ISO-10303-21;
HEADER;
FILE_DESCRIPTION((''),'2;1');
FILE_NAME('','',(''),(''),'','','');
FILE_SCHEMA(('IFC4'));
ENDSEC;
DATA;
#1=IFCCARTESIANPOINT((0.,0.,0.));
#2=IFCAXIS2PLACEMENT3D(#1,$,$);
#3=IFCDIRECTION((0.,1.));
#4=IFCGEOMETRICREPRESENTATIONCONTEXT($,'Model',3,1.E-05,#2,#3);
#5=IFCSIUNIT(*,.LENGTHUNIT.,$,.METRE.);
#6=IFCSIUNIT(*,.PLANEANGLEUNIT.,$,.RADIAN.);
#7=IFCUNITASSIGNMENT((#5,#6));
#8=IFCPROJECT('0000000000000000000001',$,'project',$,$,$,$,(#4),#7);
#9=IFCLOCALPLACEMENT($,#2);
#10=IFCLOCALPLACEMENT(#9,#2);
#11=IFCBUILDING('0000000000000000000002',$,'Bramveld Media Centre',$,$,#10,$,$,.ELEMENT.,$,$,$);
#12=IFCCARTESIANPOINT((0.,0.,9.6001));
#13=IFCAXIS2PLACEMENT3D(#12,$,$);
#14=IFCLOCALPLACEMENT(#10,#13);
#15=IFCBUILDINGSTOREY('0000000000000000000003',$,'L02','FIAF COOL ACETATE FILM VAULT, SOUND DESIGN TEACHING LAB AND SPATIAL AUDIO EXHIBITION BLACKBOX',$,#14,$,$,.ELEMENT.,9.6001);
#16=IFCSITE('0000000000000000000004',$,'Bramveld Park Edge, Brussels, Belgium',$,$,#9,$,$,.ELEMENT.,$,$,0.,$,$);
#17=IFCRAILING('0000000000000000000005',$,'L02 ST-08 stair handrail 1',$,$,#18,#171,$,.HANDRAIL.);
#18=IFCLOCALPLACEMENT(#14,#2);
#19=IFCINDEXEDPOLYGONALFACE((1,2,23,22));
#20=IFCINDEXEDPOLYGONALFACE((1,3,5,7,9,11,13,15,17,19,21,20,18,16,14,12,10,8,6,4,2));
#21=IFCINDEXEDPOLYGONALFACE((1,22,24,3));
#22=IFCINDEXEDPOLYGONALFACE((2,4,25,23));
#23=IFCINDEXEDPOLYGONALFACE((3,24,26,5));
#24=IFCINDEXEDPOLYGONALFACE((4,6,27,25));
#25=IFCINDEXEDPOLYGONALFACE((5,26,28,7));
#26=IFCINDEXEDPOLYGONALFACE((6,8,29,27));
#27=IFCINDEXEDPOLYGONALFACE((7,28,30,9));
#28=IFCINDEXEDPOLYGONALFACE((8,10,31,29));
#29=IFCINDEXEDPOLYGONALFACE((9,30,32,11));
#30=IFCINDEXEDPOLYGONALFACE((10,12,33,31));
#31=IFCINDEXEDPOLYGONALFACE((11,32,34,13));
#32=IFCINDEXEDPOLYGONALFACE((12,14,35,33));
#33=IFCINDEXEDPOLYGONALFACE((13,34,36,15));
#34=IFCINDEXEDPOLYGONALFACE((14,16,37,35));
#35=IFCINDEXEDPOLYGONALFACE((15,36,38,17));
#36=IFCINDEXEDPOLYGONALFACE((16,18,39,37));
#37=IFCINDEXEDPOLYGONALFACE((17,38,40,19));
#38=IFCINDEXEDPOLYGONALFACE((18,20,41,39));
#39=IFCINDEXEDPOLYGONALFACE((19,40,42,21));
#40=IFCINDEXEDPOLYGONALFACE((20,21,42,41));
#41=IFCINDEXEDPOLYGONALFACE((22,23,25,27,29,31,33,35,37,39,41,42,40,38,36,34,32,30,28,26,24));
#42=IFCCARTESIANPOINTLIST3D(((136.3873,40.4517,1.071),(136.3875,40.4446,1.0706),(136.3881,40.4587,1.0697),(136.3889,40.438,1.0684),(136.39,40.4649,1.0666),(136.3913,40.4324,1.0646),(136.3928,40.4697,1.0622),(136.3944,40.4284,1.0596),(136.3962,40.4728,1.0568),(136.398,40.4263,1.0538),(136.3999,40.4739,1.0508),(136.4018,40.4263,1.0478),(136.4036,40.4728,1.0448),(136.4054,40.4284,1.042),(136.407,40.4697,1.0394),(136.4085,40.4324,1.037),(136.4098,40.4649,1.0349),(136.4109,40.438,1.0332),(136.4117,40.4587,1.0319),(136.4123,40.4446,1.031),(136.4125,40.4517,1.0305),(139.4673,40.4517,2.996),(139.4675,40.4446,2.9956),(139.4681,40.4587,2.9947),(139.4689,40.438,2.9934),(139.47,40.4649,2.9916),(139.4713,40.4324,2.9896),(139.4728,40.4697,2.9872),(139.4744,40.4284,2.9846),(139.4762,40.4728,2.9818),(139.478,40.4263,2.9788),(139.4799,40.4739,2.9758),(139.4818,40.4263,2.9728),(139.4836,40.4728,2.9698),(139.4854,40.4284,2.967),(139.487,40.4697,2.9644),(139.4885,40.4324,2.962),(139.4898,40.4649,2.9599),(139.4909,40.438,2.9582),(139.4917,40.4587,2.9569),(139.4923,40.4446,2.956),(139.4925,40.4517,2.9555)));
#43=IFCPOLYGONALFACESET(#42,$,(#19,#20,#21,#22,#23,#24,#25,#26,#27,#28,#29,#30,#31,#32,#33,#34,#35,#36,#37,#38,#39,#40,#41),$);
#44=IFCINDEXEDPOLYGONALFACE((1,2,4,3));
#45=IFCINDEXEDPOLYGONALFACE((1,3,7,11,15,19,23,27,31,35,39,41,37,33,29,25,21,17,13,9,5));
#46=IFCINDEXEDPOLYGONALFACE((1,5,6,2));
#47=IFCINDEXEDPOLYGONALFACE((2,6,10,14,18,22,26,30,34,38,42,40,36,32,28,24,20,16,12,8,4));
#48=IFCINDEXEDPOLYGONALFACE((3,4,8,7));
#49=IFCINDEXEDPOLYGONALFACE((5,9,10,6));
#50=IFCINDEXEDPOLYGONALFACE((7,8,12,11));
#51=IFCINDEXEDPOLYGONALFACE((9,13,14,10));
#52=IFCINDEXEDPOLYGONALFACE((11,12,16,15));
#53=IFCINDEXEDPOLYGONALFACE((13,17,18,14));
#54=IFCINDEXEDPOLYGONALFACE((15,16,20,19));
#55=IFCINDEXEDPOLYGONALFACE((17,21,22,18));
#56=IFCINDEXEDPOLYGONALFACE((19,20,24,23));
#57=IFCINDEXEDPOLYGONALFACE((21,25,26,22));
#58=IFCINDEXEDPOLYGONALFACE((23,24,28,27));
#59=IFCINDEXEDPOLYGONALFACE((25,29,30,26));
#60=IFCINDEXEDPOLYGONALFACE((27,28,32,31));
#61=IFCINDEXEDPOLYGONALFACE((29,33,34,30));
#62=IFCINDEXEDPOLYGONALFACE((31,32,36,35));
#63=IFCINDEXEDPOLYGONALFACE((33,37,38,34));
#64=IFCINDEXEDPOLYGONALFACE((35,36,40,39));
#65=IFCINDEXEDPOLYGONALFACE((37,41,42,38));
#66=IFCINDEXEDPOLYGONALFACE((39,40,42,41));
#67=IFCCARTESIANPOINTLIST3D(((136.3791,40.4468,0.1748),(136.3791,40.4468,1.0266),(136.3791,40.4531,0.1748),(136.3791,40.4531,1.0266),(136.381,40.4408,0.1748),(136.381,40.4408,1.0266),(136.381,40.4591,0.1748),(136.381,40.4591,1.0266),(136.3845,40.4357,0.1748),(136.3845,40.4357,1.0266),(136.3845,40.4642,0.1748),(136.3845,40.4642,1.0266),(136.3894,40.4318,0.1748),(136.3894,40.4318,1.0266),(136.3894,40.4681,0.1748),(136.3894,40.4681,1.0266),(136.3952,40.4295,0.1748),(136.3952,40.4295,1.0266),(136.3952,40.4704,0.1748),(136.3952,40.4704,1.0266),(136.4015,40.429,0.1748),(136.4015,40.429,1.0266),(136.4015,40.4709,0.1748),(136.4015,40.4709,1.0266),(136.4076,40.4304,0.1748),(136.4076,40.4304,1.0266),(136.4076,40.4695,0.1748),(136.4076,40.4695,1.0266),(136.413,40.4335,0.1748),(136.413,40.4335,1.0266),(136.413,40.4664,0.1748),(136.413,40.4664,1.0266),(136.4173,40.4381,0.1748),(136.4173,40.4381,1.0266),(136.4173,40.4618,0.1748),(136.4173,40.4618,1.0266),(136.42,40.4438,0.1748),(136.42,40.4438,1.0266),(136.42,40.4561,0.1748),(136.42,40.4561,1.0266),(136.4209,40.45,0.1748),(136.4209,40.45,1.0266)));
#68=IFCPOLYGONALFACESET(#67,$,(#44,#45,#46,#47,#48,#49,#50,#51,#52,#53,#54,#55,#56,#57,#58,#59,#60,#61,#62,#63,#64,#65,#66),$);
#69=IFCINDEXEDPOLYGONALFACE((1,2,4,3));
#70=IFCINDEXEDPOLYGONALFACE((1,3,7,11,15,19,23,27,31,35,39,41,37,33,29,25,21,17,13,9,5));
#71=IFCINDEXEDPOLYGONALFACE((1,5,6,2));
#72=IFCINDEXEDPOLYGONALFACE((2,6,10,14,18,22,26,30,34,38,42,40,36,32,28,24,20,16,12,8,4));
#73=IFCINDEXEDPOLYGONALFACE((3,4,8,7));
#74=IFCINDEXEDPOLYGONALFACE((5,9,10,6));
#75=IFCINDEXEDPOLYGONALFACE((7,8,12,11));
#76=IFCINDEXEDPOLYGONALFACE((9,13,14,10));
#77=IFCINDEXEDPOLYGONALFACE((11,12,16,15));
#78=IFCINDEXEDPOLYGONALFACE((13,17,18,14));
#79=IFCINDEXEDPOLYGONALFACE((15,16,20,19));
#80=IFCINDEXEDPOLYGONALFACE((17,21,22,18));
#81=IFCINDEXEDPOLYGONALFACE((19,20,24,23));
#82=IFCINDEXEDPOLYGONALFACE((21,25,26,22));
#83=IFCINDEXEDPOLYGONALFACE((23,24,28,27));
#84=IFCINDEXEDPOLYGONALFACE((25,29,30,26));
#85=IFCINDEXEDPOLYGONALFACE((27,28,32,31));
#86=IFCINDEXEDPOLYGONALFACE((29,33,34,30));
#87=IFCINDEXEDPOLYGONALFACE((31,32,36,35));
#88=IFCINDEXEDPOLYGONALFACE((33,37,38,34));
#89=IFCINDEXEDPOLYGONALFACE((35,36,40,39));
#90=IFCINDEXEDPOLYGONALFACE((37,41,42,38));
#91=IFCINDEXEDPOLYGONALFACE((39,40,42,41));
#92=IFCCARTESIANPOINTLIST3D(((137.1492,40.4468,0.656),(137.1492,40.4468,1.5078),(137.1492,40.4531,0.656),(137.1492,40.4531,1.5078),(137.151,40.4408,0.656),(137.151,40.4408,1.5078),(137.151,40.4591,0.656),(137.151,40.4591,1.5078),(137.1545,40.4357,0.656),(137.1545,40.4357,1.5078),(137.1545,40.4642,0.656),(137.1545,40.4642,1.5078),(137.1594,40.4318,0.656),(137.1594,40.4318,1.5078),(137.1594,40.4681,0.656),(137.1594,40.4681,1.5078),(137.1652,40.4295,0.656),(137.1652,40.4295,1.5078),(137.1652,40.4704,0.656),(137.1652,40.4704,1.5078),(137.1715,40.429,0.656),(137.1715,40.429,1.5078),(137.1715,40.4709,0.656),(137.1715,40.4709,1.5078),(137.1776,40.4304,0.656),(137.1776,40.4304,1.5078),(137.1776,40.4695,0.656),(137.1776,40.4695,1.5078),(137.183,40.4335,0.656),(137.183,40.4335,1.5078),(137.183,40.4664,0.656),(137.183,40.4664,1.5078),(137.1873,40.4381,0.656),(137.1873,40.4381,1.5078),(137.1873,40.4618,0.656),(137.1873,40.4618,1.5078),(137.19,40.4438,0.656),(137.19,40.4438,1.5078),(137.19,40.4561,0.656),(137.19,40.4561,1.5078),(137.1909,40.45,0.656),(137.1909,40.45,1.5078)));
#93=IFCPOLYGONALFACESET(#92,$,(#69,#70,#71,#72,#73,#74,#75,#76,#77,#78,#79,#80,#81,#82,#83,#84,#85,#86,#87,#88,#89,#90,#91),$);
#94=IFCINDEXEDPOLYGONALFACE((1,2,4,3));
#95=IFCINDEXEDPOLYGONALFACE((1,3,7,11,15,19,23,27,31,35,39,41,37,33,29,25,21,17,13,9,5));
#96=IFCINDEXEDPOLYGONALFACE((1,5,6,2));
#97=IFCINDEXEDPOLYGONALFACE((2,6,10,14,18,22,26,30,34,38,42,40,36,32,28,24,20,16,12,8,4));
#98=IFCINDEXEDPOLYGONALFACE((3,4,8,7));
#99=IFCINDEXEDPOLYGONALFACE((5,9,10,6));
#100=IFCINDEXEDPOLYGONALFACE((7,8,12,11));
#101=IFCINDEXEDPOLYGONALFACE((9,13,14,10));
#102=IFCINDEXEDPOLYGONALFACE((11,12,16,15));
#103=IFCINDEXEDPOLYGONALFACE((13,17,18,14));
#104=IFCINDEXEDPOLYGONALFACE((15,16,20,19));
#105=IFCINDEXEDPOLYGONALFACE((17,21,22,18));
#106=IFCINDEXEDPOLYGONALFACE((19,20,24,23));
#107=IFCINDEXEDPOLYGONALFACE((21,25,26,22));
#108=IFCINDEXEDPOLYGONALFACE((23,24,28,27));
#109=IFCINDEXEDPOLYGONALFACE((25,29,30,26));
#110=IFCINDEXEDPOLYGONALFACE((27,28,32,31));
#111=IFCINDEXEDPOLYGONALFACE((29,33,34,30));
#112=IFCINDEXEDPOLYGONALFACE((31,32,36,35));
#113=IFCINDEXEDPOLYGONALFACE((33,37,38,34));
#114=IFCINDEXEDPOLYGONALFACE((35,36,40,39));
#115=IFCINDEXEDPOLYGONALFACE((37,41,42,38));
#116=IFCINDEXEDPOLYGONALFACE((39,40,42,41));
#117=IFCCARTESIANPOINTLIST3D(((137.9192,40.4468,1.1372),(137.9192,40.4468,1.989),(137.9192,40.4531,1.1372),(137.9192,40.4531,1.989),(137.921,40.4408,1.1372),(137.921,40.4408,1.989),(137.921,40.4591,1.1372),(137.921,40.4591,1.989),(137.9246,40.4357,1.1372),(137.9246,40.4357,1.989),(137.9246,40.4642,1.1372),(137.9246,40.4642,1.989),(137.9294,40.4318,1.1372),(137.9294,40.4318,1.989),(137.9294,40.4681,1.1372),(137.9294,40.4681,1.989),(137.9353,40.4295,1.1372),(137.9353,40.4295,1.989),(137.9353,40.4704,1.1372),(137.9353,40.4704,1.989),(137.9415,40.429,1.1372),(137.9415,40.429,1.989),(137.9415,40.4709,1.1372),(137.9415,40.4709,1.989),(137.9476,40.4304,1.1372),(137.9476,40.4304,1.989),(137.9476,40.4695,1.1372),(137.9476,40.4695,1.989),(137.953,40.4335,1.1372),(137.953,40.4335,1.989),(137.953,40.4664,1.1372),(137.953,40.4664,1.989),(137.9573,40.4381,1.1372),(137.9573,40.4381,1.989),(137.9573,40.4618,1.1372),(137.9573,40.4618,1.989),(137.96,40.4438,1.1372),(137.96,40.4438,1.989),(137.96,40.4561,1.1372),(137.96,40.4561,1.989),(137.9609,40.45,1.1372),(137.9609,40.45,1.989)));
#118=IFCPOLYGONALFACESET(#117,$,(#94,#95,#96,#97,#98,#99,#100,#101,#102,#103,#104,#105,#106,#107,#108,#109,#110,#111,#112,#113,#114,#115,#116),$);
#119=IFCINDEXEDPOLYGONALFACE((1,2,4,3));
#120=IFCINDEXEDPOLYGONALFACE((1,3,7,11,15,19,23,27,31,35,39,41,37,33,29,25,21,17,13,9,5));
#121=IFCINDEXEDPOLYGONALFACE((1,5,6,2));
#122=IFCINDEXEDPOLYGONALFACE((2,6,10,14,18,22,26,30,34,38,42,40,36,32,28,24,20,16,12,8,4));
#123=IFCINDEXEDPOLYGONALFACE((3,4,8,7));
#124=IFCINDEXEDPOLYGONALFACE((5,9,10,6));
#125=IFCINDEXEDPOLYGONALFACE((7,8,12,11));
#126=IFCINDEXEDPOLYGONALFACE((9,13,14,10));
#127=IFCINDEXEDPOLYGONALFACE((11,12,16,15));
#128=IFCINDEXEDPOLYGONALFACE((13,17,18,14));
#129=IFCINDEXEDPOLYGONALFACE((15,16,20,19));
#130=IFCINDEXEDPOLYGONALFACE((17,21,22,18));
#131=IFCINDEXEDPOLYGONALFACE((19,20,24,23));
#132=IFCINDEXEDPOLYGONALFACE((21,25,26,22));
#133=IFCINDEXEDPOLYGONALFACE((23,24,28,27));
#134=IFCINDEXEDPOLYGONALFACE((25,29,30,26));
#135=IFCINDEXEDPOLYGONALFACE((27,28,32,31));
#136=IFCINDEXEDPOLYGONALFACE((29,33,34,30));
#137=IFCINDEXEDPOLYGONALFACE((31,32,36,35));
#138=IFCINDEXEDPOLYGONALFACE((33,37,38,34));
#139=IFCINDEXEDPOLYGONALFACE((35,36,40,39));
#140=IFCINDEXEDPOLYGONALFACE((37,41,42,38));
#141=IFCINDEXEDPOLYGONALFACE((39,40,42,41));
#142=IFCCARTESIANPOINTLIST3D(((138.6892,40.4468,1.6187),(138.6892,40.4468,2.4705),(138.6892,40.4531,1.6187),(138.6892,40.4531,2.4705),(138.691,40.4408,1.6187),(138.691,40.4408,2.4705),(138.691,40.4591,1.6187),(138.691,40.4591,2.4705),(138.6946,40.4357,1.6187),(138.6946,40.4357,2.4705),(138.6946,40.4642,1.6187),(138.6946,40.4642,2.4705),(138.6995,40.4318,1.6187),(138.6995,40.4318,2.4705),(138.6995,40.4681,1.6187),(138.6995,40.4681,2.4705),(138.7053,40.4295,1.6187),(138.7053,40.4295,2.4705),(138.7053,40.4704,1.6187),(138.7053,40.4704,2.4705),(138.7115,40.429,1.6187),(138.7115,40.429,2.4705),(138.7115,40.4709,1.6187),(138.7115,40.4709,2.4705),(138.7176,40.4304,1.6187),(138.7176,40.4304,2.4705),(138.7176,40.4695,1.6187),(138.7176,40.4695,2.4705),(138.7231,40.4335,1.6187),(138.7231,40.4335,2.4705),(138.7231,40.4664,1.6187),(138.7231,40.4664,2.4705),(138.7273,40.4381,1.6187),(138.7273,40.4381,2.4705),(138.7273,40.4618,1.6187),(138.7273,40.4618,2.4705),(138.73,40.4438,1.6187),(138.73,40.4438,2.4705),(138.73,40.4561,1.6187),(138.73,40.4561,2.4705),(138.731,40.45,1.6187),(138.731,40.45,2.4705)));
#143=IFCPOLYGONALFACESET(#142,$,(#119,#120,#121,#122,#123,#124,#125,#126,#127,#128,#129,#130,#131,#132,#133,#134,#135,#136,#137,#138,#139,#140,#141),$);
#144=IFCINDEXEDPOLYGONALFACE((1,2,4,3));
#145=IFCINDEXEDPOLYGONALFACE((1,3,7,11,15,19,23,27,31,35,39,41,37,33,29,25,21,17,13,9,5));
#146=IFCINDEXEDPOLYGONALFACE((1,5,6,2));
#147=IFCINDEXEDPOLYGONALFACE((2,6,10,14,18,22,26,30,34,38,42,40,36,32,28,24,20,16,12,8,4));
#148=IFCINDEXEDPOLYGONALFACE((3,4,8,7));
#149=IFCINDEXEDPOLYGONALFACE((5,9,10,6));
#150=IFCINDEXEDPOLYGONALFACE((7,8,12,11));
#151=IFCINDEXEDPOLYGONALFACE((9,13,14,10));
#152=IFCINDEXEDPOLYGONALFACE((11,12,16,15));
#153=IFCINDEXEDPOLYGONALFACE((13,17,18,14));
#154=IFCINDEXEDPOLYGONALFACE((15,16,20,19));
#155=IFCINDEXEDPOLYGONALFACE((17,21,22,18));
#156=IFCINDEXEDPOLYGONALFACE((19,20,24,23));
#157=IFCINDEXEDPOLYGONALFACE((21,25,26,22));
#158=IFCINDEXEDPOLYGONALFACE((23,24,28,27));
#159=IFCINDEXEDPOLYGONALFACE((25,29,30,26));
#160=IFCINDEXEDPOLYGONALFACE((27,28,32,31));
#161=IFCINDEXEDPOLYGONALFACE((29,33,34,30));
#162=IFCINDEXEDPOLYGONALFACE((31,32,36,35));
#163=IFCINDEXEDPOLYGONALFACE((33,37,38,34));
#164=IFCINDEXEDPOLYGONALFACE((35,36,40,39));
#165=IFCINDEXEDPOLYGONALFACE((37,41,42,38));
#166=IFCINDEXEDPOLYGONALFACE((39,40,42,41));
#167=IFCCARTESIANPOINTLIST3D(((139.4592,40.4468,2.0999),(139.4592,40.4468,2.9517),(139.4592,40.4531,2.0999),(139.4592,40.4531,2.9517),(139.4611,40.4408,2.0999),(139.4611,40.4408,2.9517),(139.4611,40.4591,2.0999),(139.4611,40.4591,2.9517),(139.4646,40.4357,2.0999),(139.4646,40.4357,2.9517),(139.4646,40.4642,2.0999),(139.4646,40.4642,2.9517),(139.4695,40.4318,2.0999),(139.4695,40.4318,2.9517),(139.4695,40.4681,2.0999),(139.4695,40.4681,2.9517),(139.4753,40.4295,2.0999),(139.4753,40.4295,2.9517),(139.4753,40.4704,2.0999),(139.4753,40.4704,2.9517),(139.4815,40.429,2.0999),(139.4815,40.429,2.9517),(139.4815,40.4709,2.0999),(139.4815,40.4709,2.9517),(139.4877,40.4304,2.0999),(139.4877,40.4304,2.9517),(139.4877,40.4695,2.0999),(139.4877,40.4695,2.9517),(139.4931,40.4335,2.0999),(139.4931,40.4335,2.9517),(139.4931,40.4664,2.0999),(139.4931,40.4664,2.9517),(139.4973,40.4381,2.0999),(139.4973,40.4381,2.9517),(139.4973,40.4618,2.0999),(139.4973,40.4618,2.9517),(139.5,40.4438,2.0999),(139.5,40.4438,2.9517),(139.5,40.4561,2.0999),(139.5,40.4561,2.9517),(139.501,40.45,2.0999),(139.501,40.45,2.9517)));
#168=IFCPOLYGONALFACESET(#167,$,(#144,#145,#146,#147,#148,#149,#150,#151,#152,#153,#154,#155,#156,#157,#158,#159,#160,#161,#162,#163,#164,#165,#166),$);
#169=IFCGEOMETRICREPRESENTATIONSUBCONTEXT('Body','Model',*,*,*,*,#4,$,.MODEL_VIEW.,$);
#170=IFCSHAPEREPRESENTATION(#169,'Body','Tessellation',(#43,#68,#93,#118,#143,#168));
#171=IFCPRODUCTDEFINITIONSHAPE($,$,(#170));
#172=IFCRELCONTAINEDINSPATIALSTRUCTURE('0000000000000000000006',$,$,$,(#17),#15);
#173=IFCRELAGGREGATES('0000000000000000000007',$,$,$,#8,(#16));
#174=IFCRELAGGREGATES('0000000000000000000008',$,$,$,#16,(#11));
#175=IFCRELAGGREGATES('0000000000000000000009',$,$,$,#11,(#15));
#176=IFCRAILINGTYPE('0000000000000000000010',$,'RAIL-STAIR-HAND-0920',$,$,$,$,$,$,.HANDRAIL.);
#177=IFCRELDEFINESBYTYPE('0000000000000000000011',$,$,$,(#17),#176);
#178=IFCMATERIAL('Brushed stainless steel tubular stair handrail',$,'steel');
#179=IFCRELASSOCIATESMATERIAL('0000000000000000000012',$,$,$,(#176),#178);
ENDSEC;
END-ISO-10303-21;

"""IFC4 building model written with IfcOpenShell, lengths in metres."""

from ifc_helpers import new_model, si_unit, direction, frame, origin, origin_2d, place, context, subcontext, project, spatial, circle, extrude, material, type_object, element, save


model = new_model("IFC4")

# Units and contexts
model_context = context("Model", 3, precision=1e-05, world=origin(), true_north=direction((0.0, 1.0)))
body_context = subcontext(model_context, "Body", "Model", "MODEL_VIEW")
ifc_project = project(units=[si_unit("LENGTHUNIT", "METRE"), si_unit("PLANEANGLEUNIT", "RADIAN")], contexts=[model_context])

# Site, building, storey
site_placement = place(None, origin())
site = spatial("IfcSite", under=ifc_project, at=site_placement, Name="Bramveld Park Edge, Brussels, Belgium", CompositionType="ELEMENT", RefElevation=0.0)
building_placement = place(site_placement, origin())
building = spatial("IfcBuilding", under=site, at=building_placement, Name="Bramveld Media Centre", CompositionType="ELEMENT")
storey_placement = place(building_placement, frame((0.0, 0.0, 9.6001)))
storey = spatial("IfcBuildingStorey", under=building, at=storey_placement, Name="L02", Description="FIAF COOL ACETATE FILM VAULT, SOUND DESIGN TEACHING LAB AND SPATIAL AUDIO EXHIBITION BLACKBOX", CompositionType="ELEMENT", Elevation=9.6001)

# Railing
ifc_material_1 = material(Name="Brushed stainless steel tubular stair handrail", Category="steel")
railing_type_1 = type_object("IfcRailingType", Name="RAIL-STAIR-HAND-0920", PredefinedType="HANDRAIL", material=ifc_material_1)
railing_1_placement = place(storey_placement, frame((136.3999, 40.45, 0.1748)))
element("IfcRailing", 1, at=railing_1_placement, inside=storey, type_object=railing_type_1, Name="L02 ST-08 stair handrail 1", PredefinedType="HANDRAIL", context=body_context, shape_type="SweptSolid", body=[
    extrude(circle(Radius=0.0239, at=origin_2d()), frame((0.0, 0.0, 0.876), z_axis=(0.847998, 0.0, 0.529999), x_axis=(0.0, 1.0, 0.0)), (0.0, 0.0, 1.0), 3.6321),
    extrude(circle(Radius=0.021, at=origin_2d()), origin(), (0.0, 0.0, 1.0), 0.8518),
    extrude(circle(Radius=0.021, at=origin_2d()), frame((0.77, 0.0, 0.4812)), (0.0, 0.0, 1.0), 0.8518),
    extrude(circle(Radius=0.021, at=origin_2d()), frame((1.54, 0.0, 0.9624)), (0.0, 0.0, 1.0), 0.8518),
    extrude(circle(Radius=0.021, at=origin_2d()), frame((2.3101, 0.0, 1.4438)), (0.0, 0.0, 1.0), 0.8518),
    extrude(circle(Radius=0.021, at=origin_2d()), frame((3.0801, 0.0, 1.925)), (0.0, 0.0, 1.0), 0.8518),
])

save(model, "model.ifc")
